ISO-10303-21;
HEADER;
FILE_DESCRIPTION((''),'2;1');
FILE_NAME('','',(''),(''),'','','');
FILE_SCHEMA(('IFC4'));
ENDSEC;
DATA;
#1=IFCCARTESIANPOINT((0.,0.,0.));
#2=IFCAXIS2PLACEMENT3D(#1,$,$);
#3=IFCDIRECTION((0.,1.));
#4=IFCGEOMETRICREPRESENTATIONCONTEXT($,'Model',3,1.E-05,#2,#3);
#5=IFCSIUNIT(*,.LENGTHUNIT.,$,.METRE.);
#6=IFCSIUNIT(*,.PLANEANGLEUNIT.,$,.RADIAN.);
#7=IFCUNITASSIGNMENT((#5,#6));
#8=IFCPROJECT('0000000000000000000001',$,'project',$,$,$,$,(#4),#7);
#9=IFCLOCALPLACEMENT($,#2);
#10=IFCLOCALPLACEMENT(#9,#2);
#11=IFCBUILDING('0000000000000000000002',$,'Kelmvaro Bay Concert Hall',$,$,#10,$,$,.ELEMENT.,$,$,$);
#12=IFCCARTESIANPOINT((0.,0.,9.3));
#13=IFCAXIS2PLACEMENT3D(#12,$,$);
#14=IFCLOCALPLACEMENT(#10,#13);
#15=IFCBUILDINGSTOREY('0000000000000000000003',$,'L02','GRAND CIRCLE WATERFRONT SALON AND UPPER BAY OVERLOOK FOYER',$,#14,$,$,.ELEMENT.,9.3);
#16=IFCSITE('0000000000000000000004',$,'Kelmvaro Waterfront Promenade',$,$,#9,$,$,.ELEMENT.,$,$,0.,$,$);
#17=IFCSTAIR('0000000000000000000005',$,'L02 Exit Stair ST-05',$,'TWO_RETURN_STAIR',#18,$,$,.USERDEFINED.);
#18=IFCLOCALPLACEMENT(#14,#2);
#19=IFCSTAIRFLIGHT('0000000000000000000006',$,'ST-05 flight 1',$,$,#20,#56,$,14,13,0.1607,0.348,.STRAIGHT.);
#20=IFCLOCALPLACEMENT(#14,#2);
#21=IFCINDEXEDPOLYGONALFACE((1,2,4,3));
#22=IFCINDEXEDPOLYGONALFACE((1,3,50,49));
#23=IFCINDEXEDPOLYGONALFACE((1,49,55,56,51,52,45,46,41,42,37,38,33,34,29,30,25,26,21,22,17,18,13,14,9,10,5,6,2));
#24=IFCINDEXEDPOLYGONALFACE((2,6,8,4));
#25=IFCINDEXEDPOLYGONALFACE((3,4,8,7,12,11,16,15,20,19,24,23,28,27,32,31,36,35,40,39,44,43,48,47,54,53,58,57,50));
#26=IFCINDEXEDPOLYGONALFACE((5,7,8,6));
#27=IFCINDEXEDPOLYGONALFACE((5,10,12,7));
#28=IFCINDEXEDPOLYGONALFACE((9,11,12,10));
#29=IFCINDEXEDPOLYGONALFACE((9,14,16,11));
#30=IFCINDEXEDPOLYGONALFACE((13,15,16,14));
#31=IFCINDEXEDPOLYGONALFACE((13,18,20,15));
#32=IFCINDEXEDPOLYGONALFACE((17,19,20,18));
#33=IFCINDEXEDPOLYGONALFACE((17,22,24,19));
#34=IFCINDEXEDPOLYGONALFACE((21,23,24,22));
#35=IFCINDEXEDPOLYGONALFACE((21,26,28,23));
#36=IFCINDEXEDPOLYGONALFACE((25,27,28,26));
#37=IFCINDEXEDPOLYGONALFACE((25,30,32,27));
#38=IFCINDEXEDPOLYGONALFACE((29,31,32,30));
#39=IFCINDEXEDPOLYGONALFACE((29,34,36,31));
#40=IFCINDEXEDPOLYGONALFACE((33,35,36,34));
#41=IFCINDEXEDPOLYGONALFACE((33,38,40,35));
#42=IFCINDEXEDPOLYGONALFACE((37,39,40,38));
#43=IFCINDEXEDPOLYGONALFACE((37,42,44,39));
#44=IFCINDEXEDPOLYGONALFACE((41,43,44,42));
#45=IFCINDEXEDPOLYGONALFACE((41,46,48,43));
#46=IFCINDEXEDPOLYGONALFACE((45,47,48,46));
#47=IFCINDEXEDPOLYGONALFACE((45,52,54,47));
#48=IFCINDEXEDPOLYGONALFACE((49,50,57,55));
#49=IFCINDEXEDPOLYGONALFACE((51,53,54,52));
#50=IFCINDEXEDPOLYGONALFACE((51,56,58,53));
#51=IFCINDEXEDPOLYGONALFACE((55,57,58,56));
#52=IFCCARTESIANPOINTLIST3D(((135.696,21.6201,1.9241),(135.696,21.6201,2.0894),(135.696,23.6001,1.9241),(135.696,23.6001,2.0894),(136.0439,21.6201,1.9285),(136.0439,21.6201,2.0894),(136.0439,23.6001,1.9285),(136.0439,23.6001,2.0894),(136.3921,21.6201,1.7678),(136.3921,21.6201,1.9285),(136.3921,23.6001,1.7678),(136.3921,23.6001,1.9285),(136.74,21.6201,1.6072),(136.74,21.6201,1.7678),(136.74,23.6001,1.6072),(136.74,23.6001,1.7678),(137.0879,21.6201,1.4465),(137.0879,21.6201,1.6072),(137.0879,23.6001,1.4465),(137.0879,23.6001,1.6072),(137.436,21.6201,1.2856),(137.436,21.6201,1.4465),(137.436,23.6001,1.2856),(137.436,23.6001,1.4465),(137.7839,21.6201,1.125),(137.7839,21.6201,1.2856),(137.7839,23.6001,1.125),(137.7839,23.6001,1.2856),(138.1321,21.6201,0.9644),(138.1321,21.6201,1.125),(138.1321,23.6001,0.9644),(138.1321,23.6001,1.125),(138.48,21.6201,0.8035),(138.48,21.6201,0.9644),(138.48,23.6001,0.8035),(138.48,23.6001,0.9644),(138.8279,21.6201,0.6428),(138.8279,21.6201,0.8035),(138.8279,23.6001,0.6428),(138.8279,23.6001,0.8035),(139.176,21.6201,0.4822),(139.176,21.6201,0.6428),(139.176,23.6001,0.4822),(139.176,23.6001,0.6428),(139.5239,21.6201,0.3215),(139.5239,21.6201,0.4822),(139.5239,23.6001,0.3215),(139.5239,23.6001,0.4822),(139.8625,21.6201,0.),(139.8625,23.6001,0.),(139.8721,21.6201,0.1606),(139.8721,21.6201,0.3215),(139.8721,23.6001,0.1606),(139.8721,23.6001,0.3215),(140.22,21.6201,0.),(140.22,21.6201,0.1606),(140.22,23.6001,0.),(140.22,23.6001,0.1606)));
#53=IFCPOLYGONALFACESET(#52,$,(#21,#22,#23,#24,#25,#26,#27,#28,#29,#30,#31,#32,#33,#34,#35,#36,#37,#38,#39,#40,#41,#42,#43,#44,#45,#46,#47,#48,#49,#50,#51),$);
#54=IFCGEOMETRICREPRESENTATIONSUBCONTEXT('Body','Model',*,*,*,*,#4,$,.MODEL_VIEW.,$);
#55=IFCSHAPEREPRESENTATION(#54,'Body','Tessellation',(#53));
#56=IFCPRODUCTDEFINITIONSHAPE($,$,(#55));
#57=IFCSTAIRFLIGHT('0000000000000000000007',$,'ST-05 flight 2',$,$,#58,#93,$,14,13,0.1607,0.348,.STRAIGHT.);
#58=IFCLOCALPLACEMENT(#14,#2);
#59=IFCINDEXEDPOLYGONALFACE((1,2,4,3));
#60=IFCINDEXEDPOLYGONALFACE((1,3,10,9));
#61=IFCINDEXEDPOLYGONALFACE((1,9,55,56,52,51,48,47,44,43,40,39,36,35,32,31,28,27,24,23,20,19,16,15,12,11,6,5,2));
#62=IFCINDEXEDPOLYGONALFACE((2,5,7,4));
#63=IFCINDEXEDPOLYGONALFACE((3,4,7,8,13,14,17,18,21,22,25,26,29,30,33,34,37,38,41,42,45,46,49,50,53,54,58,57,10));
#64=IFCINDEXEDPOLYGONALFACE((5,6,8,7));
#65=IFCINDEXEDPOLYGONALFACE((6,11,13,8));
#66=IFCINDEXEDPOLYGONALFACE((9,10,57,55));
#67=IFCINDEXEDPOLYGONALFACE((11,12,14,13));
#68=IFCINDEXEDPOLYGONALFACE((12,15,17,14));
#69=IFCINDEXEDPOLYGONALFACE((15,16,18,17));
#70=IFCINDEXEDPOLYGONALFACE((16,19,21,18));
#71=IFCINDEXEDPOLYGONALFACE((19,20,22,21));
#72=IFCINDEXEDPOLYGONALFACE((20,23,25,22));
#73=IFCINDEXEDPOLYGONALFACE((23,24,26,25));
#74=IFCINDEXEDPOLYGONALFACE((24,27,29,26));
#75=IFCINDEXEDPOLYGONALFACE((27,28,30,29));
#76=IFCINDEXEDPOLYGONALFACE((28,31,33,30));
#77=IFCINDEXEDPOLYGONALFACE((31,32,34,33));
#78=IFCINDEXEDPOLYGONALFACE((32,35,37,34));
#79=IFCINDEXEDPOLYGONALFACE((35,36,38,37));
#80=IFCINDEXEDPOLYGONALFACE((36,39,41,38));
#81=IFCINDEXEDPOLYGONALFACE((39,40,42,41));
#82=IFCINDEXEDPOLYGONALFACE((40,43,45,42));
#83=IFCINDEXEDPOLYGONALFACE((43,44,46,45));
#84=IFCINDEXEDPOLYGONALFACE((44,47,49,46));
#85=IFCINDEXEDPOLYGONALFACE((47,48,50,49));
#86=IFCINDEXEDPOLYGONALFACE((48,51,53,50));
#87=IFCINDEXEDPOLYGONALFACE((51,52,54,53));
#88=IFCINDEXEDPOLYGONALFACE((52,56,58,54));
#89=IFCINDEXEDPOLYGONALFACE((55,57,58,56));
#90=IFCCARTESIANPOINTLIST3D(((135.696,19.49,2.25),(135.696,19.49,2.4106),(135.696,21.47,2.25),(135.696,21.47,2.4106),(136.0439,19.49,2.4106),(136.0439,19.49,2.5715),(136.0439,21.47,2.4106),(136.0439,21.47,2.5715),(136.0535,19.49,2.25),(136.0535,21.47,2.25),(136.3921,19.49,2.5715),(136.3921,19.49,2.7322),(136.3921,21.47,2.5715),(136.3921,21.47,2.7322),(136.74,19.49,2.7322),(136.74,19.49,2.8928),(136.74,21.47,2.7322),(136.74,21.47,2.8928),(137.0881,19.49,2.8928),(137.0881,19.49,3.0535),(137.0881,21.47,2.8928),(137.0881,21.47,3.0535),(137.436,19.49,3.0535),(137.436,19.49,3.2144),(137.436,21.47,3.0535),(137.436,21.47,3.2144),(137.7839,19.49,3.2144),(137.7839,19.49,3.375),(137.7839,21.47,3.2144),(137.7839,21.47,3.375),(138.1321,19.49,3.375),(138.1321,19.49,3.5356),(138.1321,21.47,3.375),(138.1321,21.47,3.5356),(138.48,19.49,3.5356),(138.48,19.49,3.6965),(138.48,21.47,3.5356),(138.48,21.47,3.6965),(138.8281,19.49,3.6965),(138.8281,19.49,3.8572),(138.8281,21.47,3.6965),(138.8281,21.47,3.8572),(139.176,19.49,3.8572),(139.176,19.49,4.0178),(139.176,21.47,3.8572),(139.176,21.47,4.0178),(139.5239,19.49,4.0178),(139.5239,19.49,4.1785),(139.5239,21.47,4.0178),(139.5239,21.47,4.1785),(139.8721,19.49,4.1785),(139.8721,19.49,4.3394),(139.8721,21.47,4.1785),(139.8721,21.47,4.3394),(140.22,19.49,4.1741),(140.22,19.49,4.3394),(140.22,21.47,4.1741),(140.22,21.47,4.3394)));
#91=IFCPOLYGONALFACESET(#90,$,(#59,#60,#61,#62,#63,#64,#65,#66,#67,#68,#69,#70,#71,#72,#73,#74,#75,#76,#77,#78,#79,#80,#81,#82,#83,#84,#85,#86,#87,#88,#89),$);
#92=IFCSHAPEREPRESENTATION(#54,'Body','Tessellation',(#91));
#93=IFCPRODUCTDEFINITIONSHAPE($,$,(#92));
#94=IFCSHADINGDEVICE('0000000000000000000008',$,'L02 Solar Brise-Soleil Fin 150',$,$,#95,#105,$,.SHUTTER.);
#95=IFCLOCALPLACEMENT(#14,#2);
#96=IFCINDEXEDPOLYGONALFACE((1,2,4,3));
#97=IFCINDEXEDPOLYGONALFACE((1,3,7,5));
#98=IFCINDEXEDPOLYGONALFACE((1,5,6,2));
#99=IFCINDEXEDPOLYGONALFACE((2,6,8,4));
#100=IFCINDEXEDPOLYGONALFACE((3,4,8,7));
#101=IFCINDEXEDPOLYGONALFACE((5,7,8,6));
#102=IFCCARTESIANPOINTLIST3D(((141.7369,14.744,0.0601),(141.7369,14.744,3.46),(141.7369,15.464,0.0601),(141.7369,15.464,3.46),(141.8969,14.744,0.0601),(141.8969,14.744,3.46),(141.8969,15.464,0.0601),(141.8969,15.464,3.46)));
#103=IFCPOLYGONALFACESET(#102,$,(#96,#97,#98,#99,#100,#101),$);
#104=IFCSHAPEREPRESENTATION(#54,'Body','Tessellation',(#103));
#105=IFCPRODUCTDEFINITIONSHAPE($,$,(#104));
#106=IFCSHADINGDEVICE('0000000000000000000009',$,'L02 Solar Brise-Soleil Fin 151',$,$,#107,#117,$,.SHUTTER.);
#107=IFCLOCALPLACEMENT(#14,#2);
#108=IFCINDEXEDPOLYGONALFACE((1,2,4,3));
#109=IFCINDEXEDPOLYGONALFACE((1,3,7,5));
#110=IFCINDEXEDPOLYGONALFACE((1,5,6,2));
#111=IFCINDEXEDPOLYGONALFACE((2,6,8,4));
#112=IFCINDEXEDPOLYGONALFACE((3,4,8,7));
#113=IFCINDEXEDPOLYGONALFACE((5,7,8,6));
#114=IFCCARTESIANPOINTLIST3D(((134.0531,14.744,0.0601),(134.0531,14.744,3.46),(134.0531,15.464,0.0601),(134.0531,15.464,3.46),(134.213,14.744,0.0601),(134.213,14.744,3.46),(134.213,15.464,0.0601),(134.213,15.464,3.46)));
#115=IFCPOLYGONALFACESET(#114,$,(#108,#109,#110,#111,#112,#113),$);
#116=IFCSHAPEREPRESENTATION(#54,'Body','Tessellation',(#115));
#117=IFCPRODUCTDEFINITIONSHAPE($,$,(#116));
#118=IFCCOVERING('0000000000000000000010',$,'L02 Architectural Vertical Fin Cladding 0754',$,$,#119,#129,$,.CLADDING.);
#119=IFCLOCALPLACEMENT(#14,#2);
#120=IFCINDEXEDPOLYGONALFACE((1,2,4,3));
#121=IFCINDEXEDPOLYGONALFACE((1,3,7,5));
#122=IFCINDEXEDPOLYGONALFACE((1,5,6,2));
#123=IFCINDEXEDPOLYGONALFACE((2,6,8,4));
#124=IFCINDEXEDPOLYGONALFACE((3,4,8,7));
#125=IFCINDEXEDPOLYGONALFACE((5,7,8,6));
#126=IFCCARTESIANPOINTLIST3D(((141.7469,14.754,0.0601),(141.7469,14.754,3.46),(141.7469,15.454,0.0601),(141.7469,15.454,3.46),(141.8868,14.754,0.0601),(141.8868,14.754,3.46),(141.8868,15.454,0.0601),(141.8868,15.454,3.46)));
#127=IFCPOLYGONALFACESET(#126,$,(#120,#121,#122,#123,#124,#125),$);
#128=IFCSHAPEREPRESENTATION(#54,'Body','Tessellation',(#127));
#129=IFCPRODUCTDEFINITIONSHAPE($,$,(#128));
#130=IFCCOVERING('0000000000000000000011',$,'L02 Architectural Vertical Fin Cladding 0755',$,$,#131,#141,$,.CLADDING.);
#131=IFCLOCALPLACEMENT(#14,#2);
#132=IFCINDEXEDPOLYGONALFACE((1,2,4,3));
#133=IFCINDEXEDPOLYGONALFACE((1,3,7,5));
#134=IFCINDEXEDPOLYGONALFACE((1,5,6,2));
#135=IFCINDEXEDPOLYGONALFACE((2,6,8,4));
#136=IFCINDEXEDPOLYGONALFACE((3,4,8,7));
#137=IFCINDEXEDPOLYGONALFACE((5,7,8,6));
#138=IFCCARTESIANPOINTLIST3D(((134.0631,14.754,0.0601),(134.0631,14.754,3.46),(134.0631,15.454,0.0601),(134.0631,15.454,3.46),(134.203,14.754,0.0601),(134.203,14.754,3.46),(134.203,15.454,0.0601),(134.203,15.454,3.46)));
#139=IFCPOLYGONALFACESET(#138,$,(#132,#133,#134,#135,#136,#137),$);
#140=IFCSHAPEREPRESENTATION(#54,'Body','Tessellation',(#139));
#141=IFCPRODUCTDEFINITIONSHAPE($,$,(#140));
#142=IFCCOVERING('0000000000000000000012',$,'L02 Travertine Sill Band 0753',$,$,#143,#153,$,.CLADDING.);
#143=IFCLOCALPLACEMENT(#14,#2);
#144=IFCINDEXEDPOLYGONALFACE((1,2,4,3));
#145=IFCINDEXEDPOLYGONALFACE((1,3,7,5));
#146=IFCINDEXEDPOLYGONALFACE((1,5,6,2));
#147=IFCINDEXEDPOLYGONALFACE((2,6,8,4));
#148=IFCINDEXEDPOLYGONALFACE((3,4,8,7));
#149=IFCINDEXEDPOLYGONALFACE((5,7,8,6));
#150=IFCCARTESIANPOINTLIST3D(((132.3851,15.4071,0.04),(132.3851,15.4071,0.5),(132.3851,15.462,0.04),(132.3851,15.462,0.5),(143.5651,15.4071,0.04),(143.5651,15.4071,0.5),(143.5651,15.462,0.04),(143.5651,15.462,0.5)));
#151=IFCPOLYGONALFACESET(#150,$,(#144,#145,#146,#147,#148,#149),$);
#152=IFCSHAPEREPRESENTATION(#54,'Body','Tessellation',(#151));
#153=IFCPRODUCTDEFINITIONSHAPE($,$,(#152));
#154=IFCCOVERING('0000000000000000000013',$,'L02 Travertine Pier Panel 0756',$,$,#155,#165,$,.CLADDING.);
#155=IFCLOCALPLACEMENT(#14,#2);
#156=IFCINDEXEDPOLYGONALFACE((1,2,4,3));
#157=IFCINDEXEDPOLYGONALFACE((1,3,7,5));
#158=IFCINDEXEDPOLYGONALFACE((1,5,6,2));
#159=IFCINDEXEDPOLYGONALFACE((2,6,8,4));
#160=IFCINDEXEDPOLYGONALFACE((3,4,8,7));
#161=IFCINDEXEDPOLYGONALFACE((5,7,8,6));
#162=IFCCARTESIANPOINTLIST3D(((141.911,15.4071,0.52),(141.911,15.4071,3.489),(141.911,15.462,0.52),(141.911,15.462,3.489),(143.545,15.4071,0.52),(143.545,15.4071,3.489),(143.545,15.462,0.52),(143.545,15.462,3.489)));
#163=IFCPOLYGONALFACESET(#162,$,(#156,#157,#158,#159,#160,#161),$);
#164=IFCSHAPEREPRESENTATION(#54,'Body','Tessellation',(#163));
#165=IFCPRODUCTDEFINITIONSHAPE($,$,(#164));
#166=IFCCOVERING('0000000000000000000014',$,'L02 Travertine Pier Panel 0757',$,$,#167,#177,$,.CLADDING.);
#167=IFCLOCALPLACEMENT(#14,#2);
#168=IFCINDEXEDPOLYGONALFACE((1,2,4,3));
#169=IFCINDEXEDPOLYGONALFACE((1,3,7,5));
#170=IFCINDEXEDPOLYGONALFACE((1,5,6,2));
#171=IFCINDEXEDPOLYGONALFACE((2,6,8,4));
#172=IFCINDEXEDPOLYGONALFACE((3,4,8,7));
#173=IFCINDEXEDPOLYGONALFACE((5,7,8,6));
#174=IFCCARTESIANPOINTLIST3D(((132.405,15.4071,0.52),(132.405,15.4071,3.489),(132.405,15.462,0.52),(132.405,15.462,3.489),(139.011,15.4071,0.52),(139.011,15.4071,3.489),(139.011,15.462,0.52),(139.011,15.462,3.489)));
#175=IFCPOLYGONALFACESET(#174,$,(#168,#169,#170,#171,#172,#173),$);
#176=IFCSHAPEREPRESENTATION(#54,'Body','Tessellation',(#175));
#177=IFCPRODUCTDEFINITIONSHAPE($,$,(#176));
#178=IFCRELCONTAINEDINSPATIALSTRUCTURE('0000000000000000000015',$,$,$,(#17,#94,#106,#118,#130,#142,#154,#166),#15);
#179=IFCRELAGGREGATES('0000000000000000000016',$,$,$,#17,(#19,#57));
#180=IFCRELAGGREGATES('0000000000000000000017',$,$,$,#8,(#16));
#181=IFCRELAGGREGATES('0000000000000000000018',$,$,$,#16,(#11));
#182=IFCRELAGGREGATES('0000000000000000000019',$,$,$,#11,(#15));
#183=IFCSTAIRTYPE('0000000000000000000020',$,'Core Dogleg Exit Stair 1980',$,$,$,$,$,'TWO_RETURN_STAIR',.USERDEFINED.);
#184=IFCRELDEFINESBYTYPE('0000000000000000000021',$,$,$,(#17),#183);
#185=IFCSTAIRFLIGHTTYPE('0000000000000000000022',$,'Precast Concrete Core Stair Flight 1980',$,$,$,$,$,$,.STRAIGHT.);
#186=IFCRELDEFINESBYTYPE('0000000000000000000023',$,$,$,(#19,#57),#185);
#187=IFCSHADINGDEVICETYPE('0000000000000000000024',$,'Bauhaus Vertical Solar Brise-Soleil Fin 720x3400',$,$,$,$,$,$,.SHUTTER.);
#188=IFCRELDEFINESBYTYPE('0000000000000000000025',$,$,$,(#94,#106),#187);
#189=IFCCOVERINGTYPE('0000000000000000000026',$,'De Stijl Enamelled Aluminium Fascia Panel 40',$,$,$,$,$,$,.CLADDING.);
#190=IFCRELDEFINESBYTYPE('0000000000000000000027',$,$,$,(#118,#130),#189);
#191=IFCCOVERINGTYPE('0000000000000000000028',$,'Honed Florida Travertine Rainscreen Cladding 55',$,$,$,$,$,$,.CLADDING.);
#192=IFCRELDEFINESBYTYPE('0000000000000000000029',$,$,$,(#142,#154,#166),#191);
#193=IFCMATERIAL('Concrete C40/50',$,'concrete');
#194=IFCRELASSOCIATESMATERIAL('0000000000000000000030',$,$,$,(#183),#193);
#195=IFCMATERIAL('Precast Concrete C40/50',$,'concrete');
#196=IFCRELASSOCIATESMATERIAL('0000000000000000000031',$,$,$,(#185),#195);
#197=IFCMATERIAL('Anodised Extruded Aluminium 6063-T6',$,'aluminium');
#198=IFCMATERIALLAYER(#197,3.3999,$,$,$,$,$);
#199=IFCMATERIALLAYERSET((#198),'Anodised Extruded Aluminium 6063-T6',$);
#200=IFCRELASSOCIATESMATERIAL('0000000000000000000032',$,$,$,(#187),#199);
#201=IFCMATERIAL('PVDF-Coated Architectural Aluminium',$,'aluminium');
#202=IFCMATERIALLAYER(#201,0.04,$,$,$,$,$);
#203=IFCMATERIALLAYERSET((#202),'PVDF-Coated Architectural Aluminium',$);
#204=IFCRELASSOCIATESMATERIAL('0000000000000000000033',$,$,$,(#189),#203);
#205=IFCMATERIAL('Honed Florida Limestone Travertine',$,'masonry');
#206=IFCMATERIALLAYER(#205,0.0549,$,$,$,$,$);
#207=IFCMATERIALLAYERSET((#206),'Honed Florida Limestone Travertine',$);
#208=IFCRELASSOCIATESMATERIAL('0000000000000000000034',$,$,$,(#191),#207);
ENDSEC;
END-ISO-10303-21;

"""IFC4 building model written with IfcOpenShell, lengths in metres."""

from ifc_helpers import new_model, si_unit, direction, frame, origin, origin_2d, place, context, subcontext, project, spatial, polyline, rectangle, outline, extrude, material, layer, layer_set, type_object, element, aggregate, save


model = new_model("IFC4")

# Units and contexts
model_context = context("Model", 3, precision=1e-05, world=origin(), true_north=direction((0.0, 1.0)))
body_context = subcontext(model_context, "Body", "Model", "MODEL_VIEW")
ifc_project = project(units=[si_unit("LENGTHUNIT", "METRE"), si_unit("PLANEANGLEUNIT", "RADIAN")], contexts=[model_context])

# Site, building, storey
site_placement = place(None, origin())
site = spatial("IfcSite", under=ifc_project, at=site_placement, Name="Kelmvaro Waterfront Promenade", CompositionType="ELEMENT", RefElevation=0.0)
building_placement = place(site_placement, origin())
building = spatial("IfcBuilding", under=site, at=building_placement, Name="Kelmvaro Bay Concert Hall", CompositionType="ELEMENT")
storey_placement = place(building_placement, frame((0.0, 0.0, 9.3)))
storey = spatial("IfcBuildingStorey", under=building, at=storey_placement, Name="L02", Description="GRAND CIRCLE WATERFRONT SALON AND UPPER BAY OVERLOOK FOYER", CompositionType="ELEMENT", Elevation=9.3)

# Stair, stair flights
ifc_material_1 = material(Name="Concrete C40/50", Category="concrete")
stair_type = type_object("IfcStairType", Name="Core Dogleg Exit Stair 1980", ElementType="TWO_RETURN_STAIR", PredefinedType="USERDEFINED", material=ifc_material_1)
stair_placement = place(storey_placement, origin())
stair = element("IfcStair", 1, at=stair_placement, inside=storey, type_object=stair_type, Name="L02 Exit Stair ST-05", ObjectType="TWO_RETURN_STAIR", PredefinedType="USERDEFINED")
ifc_material_2 = material(Name="Precast Concrete C40/50", Category="concrete")
stair_flight_type = type_object("IfcStairFlightType", Name="Precast Concrete Core Stair Flight 1980", PredefinedType="STRAIGHT", material=ifc_material_2)
stair_flight_1_placement = place(storey_placement, frame((140.22, 22.6101, 0.0), z_axis=(0.0, 0.0, 1.0), x_axis=(-1.0, 0.0, 0.0)))
stair_flight_1 = element("IfcStairFlight", 2, at=stair_flight_1_placement, type_object=stair_flight_type, Name="ST-05 flight 1", NumberOfRisers=14, NumberOfTreads=13, PredefinedType="STRAIGHT", RiserHeight=0.1607, TreadLength=0.348, context=body_context, shape_type="SweptSolid", body=[
    extrude(outline(polyline([(0.0, 0.0), (0.0, 0.1606), (0.3479, 0.1606), (0.3479, 0.3215), (0.696, 0.3215), (0.696, 0.4822), (1.0439, 0.4822), (1.0439, 0.6428), (1.3921, 0.6428), (1.3921, 0.8035), (1.74, 0.8035), (1.74, 0.9644), (2.0879, 0.9644), (2.0879, 1.125), (2.436, 1.125), (2.436, 1.2856), (2.7839, 1.2856), (2.7839, 1.4465), (3.1321, 1.4465), (3.1321, 1.6072), (3.48, 1.6072), (3.48, 1.7678), (3.8279, 1.7678), (3.8279, 1.9285), (4.176, 1.9285), (4.176, 2.0894), (4.5239, 2.0894), (4.5239, 2.25), (4.5239, 1.9241), (0.3574, 0.0), (0.0, 0.0)])), frame((0.0, 0.99, 0.0), z_axis=(0.0, -1.0, 0.0), x_axis=(1.0, 0.0, 0.0)), (0.0, 0.0, 1.0), 1.98),
])
stair_flight_2_placement = place(storey_placement, frame((135.696, 20.48, 2.25), z_axis=(0.0, 0.0, 1.0), x_axis=(1.0, 0.0, 0.0)))
stair_flight_2 = element("IfcStairFlight", 3, at=stair_flight_2_placement, type_object=stair_flight_type, Name="ST-05 flight 2", NumberOfRisers=14, NumberOfTreads=13, PredefinedType="STRAIGHT", RiserHeight=0.1607, TreadLength=0.348, context=body_context, shape_type="SweptSolid", body=[
    extrude(outline(polyline([(0.0, 0.0), (0.0, 0.1606), (0.3479, 0.1606), (0.3479, 0.3215), (0.696, 0.3215), (0.696, 0.4822), (1.0439, 0.4822), (1.0439, 0.6428), (1.3921, 0.6428), (1.3921, 0.8035), (1.74, 0.8035), (1.74, 0.9644), (2.0879, 0.9644), (2.0879, 1.125), (2.436, 1.125), (2.436, 1.2856), (2.7839, 1.2856), (2.7839, 1.4465), (3.1321, 1.4465), (3.1321, 1.6072), (3.48, 1.6072), (3.48, 1.7678), (3.8279, 1.7678), (3.8279, 1.9285), (4.176, 1.9285), (4.176, 2.0894), (4.5239, 2.0894), (4.5239, 2.25), (4.5239, 1.9241), (0.3574, 0.0), (0.0, 0.0)])), frame((0.0, 0.99, 0.0), z_axis=(0.0, -1.0, 0.0), x_axis=(1.0, 0.0, 0.0)), (0.0, 0.0, 1.0), 1.98),
])
aggregate(stair, [stair_flight_1, stair_flight_2])

# Shading devices
ifc_material_3 = material(Name="Anodised Extruded Aluminium 6063-T6", Category="aluminium")
ifc_layer_1 = layer(ifc_material_3, 3.3999)
ifc_layer_set_1 = layer_set([ifc_layer_1], Name="Anodised Extruded Aluminium 6063-T6")
shading_device_type = type_object("IfcShadingDeviceType", Name="Bauhaus Vertical Solar Brise-Soleil Fin 720x3400", PredefinedType="SHUTTER", material=ifc_layer_set_1)
for number, where, z_axis, x_axis, name in (
    (4, (141.8169, 15.104, 0.0601), (0.0, 0.0, 1.0), (-1.0, 0.0, 0.0), "L02 Solar Brise-Soleil Fin 150"),
    (5, (134.1331, 15.104, 0.0601), (0.0, 0.0, 1.0), (-1.0, 0.0, 0.0), "L02 Solar Brise-Soleil Fin 151"),
):
    element("IfcShadingDevice", number, at=place(storey_placement, frame(where, z_axis=z_axis, x_axis=x_axis)), inside=storey, type_object=shading_device_type, Name=name, PredefinedType="SHUTTER", context=body_context, shape_type="SweptSolid", body=[
        extrude(rectangle(XDim=0.1599, YDim=0.72, at=origin_2d()), origin(), (0.0, 0.0, 1.0), 3.3999),
    ])

# Coverings
ifc_material_4 = material(Name="PVDF-Coated Architectural Aluminium", Category="aluminium")
ifc_layer_2 = layer(ifc_material_4, 0.04)
ifc_layer_set_2 = layer_set([ifc_layer_2], Name="PVDF-Coated Architectural Aluminium")
covering_type_1 = type_object("IfcCoveringType", Name="De Stijl Enamelled Aluminium Fascia Panel 40", PredefinedType="CLADDING", material=ifc_layer_set_2)
for number, where, z_axis, x_axis, name in (
    (6, (141.8169, 15.104, 0.0601), (0.0, 0.0, 1.0), (-1.0, 0.0, 0.0), "L02 Architectural Vertical Fin Cladding 0754"),
    (7, (134.1331, 15.104, 0.0601), (0.0, 0.0, 1.0), (-1.0, 0.0, 0.0), "L02 Architectural Vertical Fin Cladding 0755"),
):
    element("IfcCovering", number, at=place(storey_placement, frame(where, z_axis=z_axis, x_axis=x_axis)), inside=storey, type_object=covering_type_1, Name=name, PredefinedType="CLADDING", context=body_context, shape_type="SweptSolid", body=[
        extrude(rectangle(XDim=0.1399, YDim=0.7, at=origin_2d()), origin(), (0.0, 0.0, 1.0), 3.3999),
    ])
ifc_material_5 = material(Name="Honed Florida Limestone Travertine", Category="masonry")
ifc_layer_3 = layer(ifc_material_5, 0.0549)
ifc_layer_set_3 = layer_set([ifc_layer_3], Name="Honed Florida Limestone Travertine")
covering_type_2 = type_object("IfcCoveringType", Name="Honed Florida Travertine Rainscreen Cladding 55", PredefinedType="CLADDING", material=ifc_layer_set_3)
covering_1_placement = place(storey_placement, frame((137.9751, 15.4346, 0.04), z_axis=(0.0, 0.0, 1.0), x_axis=(-1.0, 0.0, 0.0)))
element("IfcCovering", 8, at=covering_1_placement, inside=storey, type_object=covering_type_2, Name="L02 Travertine Sill Band 0753", PredefinedType="CLADDING", context=body_context, shape_type="SweptSolid", body=[
    extrude(rectangle(XDim=11.1799, YDim=0.0549, at=origin_2d()), origin(), (0.0, 0.0, 1.0), 0.46),
])
covering_2_placement = place(storey_placement, frame((142.728, 15.4346, 0.52), z_axis=(0.0, 0.0, 1.0), x_axis=(-1.0, 0.0, 0.0)))
element("IfcCovering", 9, at=covering_2_placement, inside=storey, type_object=covering_type_2, Name="L02 Travertine Pier Panel 0756", PredefinedType="CLADDING", context=body_context, shape_type="SweptSolid", body=[
    extrude(rectangle(XDim=1.634, YDim=0.0549, at=origin_2d()), origin(), (0.0, 0.0, 1.0), 2.969),
])
covering_3_placement = place(storey_placement, frame((135.708, 15.4346, 0.52), z_axis=(0.0, 0.0, 1.0), x_axis=(-1.0, 0.0, 0.0)))
element("IfcCovering", 10, at=covering_3_placement, inside=storey, type_object=covering_type_2, Name="L02 Travertine Pier Panel 0757", PredefinedType="CLADDING", context=body_context, shape_type="SweptSolid", body=[
    extrude(rectangle(XDim=6.606, YDim=0.0549, at=origin_2d()), origin(), (0.0, 0.0, 1.0), 2.969),
])

save(model, "model.ifc")
